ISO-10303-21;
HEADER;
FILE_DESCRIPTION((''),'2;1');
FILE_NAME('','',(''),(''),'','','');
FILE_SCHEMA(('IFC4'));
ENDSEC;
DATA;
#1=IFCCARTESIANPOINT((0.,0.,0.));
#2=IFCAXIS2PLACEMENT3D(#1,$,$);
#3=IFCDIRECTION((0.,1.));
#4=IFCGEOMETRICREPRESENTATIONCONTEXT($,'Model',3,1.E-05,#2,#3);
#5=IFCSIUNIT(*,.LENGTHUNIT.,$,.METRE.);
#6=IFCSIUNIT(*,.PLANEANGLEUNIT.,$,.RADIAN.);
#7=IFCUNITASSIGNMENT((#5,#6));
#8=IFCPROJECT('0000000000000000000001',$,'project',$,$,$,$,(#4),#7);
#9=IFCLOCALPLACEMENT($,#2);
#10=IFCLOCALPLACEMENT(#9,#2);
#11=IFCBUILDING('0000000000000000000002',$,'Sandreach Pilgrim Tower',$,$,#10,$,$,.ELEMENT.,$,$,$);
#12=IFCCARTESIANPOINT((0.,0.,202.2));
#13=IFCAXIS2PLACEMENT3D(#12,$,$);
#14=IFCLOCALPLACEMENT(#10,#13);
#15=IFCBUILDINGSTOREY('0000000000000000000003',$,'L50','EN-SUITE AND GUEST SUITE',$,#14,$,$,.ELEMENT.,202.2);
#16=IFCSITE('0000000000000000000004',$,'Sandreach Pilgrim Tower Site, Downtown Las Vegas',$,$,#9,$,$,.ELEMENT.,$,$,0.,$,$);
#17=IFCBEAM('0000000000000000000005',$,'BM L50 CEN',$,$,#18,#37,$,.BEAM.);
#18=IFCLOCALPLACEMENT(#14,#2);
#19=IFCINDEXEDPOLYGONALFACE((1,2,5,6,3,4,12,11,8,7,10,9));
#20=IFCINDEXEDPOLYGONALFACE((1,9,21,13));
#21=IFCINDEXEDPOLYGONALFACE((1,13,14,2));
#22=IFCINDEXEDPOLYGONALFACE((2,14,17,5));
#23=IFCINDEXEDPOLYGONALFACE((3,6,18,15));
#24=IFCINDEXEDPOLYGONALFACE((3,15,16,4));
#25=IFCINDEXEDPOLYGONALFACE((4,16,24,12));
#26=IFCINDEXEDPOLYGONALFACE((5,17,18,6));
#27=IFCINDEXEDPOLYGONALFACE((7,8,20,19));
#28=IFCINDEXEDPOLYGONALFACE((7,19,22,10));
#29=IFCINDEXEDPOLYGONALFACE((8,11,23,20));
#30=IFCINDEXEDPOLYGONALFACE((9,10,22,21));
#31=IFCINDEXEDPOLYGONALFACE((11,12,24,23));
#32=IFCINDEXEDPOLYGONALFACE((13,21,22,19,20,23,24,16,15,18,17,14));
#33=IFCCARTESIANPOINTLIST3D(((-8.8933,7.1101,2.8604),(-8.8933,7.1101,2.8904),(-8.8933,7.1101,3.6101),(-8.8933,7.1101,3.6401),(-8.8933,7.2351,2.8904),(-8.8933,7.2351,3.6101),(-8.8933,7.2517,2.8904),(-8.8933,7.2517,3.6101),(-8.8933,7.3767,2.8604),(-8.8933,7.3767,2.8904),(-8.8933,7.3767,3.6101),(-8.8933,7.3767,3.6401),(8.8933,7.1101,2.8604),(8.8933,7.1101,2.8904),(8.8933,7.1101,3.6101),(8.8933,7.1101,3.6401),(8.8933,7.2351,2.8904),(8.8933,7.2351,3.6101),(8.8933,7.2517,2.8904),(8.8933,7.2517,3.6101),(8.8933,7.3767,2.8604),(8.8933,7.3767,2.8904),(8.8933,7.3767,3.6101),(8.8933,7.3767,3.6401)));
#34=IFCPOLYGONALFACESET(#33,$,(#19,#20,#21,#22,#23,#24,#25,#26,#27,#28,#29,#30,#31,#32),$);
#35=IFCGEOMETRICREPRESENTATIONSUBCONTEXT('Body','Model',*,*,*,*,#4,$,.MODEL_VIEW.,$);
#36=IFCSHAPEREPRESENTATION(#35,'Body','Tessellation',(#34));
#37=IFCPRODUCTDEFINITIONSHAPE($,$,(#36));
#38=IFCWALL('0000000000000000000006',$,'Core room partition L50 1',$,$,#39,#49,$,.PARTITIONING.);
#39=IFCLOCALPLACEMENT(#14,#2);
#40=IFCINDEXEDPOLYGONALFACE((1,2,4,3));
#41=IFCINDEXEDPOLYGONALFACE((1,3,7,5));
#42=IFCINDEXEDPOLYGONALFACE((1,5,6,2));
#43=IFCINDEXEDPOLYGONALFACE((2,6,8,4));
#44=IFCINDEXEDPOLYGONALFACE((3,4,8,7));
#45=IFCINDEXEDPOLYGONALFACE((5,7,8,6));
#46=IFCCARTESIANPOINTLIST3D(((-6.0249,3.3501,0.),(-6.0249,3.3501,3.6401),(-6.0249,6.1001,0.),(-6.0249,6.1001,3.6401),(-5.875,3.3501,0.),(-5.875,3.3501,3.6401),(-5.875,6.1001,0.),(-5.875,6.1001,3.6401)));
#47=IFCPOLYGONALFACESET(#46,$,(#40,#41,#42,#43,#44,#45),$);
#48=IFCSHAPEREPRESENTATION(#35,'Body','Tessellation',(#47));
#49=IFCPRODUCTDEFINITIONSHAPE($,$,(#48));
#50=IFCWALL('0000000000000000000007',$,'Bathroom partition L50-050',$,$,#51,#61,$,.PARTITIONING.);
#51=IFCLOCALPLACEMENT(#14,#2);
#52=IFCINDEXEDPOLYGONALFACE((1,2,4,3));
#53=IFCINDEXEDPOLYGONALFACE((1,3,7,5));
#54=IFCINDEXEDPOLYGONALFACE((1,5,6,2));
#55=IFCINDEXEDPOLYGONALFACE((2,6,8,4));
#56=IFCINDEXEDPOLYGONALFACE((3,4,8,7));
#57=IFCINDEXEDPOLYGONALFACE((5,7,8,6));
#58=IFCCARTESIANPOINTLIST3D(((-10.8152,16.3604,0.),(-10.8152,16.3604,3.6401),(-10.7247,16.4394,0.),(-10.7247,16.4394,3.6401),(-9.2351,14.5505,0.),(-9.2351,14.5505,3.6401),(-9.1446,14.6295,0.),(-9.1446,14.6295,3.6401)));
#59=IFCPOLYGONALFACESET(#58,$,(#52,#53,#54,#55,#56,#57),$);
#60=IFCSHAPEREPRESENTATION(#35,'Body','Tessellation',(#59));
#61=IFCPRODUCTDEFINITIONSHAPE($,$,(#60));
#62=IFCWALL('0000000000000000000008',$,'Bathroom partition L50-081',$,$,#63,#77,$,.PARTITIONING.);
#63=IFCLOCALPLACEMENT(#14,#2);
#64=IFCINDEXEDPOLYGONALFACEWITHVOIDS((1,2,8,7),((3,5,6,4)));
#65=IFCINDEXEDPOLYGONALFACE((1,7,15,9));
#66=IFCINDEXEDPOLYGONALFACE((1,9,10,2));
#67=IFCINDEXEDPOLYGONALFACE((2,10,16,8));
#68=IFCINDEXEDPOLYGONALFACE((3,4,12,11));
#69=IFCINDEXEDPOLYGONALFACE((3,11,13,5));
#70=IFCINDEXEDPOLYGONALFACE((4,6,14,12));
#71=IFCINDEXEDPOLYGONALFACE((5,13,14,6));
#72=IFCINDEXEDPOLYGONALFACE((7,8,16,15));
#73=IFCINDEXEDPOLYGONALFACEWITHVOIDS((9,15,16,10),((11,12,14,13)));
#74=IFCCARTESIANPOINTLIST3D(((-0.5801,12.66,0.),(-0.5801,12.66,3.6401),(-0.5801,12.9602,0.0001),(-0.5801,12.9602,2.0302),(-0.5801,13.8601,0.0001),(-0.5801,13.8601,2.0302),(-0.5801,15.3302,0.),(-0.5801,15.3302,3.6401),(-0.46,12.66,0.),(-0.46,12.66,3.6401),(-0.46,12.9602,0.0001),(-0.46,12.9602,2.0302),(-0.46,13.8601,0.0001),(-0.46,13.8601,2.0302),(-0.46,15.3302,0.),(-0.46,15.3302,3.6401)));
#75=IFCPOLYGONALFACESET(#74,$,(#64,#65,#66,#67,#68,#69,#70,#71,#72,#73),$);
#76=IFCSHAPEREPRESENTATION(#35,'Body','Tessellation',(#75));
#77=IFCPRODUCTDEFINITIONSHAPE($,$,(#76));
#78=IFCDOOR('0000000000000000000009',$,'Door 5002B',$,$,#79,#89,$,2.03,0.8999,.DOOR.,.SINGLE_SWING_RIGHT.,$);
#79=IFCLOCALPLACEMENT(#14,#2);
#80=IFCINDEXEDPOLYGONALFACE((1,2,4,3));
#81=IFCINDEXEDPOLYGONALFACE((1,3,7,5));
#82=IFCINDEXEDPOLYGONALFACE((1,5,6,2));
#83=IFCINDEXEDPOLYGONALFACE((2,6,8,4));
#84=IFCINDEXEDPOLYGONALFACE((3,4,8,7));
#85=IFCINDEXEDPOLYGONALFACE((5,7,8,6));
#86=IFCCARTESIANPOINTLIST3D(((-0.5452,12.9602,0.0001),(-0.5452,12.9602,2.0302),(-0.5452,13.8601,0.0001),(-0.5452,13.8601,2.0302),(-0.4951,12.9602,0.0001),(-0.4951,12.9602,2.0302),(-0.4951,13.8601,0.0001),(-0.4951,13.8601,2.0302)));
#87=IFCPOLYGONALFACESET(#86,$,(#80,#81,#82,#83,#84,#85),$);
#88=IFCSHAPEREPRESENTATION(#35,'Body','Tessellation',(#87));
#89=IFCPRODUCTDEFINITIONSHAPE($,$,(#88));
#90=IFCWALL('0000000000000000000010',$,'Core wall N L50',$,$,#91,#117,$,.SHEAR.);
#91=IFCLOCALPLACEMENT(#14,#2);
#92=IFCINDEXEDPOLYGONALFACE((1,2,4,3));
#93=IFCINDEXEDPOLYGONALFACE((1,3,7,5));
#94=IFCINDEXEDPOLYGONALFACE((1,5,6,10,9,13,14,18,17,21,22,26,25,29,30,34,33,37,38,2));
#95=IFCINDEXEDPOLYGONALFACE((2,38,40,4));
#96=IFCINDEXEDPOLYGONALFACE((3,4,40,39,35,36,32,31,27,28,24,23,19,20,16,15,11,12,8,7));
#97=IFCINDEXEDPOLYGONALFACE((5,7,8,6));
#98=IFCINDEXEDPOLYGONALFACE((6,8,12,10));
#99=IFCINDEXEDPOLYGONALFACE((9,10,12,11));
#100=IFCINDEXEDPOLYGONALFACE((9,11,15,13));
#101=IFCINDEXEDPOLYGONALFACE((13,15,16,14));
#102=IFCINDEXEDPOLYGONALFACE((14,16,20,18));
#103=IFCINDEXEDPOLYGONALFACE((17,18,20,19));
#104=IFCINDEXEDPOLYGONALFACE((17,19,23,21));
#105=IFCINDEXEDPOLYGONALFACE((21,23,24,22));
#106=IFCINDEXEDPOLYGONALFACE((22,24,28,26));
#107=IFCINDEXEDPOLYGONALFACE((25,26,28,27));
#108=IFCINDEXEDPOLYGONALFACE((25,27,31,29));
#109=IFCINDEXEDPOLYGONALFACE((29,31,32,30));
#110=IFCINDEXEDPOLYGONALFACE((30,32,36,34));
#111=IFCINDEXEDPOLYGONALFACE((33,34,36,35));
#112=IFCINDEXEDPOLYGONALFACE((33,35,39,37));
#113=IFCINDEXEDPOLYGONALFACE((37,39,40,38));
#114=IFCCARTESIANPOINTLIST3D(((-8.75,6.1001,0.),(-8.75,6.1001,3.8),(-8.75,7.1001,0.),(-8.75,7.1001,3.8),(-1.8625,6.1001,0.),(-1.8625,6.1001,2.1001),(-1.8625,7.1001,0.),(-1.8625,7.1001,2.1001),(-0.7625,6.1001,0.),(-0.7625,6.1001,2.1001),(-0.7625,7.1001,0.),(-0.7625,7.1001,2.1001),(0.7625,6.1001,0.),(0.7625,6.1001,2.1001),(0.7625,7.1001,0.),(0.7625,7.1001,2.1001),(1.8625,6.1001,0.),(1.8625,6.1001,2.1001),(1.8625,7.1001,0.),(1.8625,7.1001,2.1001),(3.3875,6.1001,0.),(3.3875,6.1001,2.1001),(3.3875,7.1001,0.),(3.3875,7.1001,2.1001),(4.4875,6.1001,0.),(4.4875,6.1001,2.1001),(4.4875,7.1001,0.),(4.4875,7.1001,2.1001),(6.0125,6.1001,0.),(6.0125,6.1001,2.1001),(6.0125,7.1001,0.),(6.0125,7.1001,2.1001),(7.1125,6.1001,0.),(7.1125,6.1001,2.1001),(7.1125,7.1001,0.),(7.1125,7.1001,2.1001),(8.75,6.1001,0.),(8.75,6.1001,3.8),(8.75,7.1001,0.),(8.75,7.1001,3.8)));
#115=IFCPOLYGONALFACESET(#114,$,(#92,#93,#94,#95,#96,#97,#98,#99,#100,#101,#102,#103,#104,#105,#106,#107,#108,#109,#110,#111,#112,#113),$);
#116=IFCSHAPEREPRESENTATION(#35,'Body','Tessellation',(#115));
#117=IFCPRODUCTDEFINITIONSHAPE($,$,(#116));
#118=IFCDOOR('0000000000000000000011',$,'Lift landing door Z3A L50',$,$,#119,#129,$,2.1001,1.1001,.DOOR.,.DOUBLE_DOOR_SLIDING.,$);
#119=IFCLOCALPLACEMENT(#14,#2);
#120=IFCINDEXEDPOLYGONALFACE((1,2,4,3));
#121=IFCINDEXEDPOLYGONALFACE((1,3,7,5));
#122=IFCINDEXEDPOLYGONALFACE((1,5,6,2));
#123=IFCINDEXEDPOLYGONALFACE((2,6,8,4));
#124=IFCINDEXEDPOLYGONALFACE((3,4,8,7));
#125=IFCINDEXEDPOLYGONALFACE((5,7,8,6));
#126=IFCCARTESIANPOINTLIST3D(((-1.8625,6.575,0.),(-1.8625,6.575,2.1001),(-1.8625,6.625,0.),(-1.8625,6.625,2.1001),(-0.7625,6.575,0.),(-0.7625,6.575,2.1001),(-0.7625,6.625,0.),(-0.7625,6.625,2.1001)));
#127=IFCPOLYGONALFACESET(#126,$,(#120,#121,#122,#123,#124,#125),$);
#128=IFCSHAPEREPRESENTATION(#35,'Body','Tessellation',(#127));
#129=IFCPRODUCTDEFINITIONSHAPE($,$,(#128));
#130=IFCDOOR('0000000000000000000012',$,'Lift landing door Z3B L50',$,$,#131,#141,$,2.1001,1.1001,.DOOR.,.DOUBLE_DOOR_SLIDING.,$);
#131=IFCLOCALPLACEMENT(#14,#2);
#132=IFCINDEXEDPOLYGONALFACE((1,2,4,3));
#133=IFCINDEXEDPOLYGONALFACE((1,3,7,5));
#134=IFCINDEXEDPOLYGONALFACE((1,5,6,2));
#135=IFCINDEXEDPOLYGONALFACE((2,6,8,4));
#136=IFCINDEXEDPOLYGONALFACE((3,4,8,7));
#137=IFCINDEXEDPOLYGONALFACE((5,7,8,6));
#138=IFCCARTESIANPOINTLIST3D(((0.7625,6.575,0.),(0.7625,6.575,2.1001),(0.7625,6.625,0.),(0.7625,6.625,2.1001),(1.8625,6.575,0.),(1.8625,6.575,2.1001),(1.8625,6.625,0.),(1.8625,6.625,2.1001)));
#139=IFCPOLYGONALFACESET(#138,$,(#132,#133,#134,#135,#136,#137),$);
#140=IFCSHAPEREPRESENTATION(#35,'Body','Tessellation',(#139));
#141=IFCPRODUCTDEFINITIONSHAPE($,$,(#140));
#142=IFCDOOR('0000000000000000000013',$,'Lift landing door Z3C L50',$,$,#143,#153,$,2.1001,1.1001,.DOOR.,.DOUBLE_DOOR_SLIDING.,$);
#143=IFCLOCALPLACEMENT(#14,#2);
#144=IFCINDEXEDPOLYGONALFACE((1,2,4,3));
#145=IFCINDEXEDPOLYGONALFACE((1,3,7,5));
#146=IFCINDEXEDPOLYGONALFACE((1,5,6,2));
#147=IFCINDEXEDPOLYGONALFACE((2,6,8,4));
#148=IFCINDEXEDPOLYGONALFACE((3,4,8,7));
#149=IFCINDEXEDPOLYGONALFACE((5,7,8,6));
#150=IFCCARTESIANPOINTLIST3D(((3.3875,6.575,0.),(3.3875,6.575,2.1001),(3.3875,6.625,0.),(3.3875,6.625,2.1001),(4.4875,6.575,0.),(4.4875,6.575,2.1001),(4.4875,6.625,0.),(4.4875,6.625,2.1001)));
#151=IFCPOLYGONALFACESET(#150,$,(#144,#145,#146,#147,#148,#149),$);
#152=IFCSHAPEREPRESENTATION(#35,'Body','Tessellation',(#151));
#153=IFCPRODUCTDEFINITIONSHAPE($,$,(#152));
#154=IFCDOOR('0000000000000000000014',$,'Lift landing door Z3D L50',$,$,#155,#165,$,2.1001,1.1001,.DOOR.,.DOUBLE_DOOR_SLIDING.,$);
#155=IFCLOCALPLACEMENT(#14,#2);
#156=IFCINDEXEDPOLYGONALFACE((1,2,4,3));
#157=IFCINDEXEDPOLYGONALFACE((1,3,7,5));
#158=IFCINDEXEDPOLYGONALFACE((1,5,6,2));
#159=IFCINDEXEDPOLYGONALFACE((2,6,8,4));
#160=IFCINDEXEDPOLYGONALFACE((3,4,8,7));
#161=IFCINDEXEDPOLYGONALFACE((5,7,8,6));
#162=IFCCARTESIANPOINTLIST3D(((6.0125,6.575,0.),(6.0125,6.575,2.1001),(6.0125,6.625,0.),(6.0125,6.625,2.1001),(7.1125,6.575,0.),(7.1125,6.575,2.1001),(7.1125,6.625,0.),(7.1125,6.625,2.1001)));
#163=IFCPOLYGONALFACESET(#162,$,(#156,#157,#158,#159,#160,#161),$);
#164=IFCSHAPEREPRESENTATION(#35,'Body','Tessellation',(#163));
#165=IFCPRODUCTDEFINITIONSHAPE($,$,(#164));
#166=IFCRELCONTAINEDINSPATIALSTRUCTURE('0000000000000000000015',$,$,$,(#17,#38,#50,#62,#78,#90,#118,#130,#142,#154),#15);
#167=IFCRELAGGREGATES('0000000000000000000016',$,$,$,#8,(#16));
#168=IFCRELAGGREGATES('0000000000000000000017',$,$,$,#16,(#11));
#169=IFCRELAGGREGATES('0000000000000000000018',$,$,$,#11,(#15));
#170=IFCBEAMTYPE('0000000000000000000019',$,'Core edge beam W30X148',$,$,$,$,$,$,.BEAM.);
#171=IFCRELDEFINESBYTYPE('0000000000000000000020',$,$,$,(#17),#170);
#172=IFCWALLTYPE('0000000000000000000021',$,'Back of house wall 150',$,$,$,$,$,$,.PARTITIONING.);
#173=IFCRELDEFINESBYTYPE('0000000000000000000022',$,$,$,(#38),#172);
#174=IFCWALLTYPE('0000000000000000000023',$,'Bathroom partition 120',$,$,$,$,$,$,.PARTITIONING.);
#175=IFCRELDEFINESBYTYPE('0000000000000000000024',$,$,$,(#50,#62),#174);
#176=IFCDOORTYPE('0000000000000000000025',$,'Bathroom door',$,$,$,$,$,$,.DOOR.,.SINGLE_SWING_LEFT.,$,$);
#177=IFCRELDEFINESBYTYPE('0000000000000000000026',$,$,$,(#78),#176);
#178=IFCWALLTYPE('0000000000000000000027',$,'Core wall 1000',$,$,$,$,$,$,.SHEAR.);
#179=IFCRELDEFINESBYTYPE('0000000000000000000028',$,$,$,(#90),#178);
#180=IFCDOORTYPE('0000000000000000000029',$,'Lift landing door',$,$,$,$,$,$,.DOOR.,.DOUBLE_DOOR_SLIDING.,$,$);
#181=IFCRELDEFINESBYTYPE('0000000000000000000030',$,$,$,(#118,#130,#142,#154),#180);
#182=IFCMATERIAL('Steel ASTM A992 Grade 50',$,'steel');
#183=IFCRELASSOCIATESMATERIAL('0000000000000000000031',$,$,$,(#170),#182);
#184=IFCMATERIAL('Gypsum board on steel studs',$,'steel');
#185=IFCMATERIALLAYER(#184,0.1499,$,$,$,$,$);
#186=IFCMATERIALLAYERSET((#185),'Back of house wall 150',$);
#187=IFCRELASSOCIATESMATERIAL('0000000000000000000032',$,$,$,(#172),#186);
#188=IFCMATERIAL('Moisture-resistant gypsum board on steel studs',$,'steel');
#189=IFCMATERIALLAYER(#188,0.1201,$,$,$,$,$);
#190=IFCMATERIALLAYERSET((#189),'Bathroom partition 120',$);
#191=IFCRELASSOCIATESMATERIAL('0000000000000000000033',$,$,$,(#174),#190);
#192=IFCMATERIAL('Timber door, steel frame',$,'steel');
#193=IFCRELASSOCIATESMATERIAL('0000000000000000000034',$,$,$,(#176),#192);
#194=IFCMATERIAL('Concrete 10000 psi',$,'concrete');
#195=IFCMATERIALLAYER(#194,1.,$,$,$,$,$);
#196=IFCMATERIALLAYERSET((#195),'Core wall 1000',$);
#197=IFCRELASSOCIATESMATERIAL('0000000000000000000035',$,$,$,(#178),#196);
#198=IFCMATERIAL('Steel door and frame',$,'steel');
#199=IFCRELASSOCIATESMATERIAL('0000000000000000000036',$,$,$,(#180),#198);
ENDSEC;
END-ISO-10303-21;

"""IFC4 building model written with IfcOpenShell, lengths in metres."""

from ifc_helpers import new_model, si_unit, direction, frame, frame_2d, origin, origin_2d, place, context, subcontext, project, spatial, rectangle, i_section, extrude, material, layer, layer_set, material_profile, profile_set, type_object, element, fill, save


model = new_model("IFC4")

# Units and contexts
model_context = context("Model", 3, precision=1e-05, world=origin(), true_north=direction((0.0, 1.0)))
body_context = subcontext(model_context, "Body", "Model", "MODEL_VIEW")
ifc_project = project(units=[si_unit("LENGTHUNIT", "METRE"), si_unit("PLANEANGLEUNIT", "RADIAN")], contexts=[model_context])

# Site, building, storey
site_placement = place(None, origin())
site = spatial("IfcSite", under=ifc_project, at=site_placement, Name="Sandreach Pilgrim Tower Site, Downtown Las Vegas", CompositionType="ELEMENT", RefElevation=0.0)
building_placement = place(site_placement, origin())
building = spatial("IfcBuilding", under=site, at=building_placement, Name="Sandreach Pilgrim Tower", CompositionType="ELEMENT")
storey_placement = place(building_placement, frame((0.0, 0.0, 202.2)))
storey = spatial("IfcBuildingStorey", under=building, at=storey_placement, Name="L50", Description="EN-SUITE AND GUEST SUITE", CompositionType="ELEMENT", Elevation=202.2)

# Beam
ifc_material_1 = material(Name="Steel ASTM A992 Grade 50", Category="steel")
ifc_material_profile = material_profile(ifc_material_1, i_section(OverallWidth=0.2666, OverallDepth=0.7798, WebThickness=0.0166, FlangeThickness=0.03, at=origin_2d()), Name="W30X148")
ifc_profile_set = profile_set([ifc_material_profile], Name="Steel ASTM A992 Grade 50")
beam_type = type_object("IfcBeamType", Name="Core edge beam W30X148", PredefinedType="BEAM", material=ifc_profile_set)
beam_placement = place(storey_placement, frame((-8.8933, 7.2434, 3.2502), z_axis=(1.0, 0.0, 0.0), x_axis=(0.0, 1.0, 0.0)))
element("IfcBeam", 1, at=beam_placement, inside=storey, type_object=beam_type, Name="BM L50 CEN", PredefinedType="BEAM", context=body_context, shape_type="SweptSolid", body=[
    extrude(i_section(OverallWidth=0.2666, OverallDepth=0.7798, WebThickness=0.0166, FlangeThickness=0.03, at=origin_2d()), origin(), (0.0, 0.0, 1.0), 17.7866),
])

# Walls
ifc_material_2 = material(Name="Gypsum board on steel studs", Category="steel")
ifc_layer_1 = layer(ifc_material_2, 0.1499)
ifc_layer_set_1 = layer_set([ifc_layer_1], Name="Back of house wall 150")
wall_type_1 = type_object("IfcWallType", Name="Back of house wall 150", PredefinedType="PARTITIONING", material=ifc_layer_set_1)
wall_1_placement = place(storey_placement, frame((-5.95, 3.3501, 0.0), z_axis=(0.0, 0.0, 1.0), x_axis=(0.0, 1.0, 0.0)))
element("IfcWall", 2, at=wall_1_placement, inside=storey, type_object=wall_type_1, Name="Core room partition L50 1", PredefinedType="PARTITIONING", context=body_context, shape_type="SweptSolid", body=[
    extrude(rectangle(XDim=2.75, YDim=0.1499, at=frame_2d((1.375, 0.0))), origin(), (0.0, 0.0, 1.0), 3.6401),
])
ifc_material_3 = material(Name="Moisture-resistant gypsum board on steel studs", Category="steel")
ifc_layer_2 = layer(ifc_material_3, 0.1201)
ifc_layer_set_2 = layer_set([ifc_layer_2], Name="Bathroom partition 120")
wall_type_2 = type_object("IfcWallType", Name="Bathroom partition 120", PredefinedType="PARTITIONING", material=ifc_layer_set_2)
wall_2_placement = place(storey_placement, frame((-9.1899, 14.5901, 0.0), z_axis=(0.0, 0.0, 1.0), x_axis=(-0.657677, 0.7533, 0.0)))
element("IfcWall", 3, at=wall_2_placement, inside=storey, type_object=wall_type_2, Name="Bathroom partition L50-050", PredefinedType="PARTITIONING", context=body_context, shape_type="SweptSolid", body=[
    extrude(rectangle(XDim=2.4026, YDim=0.1201, at=frame_2d((1.2012, 0.0))), origin(), (0.0, 0.0, 1.0), 3.6401),
])

# Wall, opening, door
wall_3_placement = place(storey_placement, frame((-0.52, 15.3301, 0.0), z_axis=(0.0, 0.0, 1.0), x_axis=(0.0, -1.0, 0.0)))
wall_3 = element("IfcWall", 4, at=wall_3_placement, inside=storey, type_object=wall_type_2, Name="Bathroom partition L50-081", PredefinedType="PARTITIONING", context=body_context, shape_type="SweptSolid", body=[
    extrude(rectangle(XDim=2.6702, YDim=0.1201, at=frame_2d((1.335, 0.0))), origin(), (0.0, 0.0, 1.0), 3.6401),
])
opening_1_placement = place(wall_3_placement, frame((1.47, 0.0, 0.0)))
opening_1 = element("IfcOpeningElement", 5, at=opening_1_placement, cuts=wall_3, PredefinedType="OPENING", context=body_context, shape_type="SweptSolid", body=[
    extrude(rectangle(XDim=0.8999, YDim=2.03, at=frame_2d((0.45, 1.0151))), frame((0.0, 0.0601, 0.0), z_axis=(0.0, -1.0, 0.0), x_axis=(1.0, 0.0, 0.0)), (0.0, 0.0, 1.0), 0.1201),
])
ifc_material_4 = material(Name="Timber door, steel frame", Category="steel")
door_type_1 = type_object("IfcDoorType", Name="Bathroom door", OperationType="SINGLE_SWING_LEFT", PredefinedType="DOOR", material=ifc_material_4)
door_1_placement = place(opening_1_placement, origin())
door_1 = element("IfcDoor", 6, at=door_1_placement, inside=storey, type_object=door_type_1, Name="Door 5002B", OperationType="SINGLE_SWING_RIGHT", OverallHeight=2.03, OverallWidth=0.8999, PredefinedType="DOOR", context=body_context, shape_type="SweptSolid", body=[
    extrude(rectangle(XDim=0.8999, YDim=2.03, at=frame_2d((0.45, 1.0151))), frame((0.0, 0.0249, 0.0), z_axis=(0.0, -1.0, 0.0), x_axis=(1.0, 0.0, 0.0)), (0.0, 0.0, 1.0), 0.05),
])
fill(opening_1, door_1)

# Wall, openings, doors
ifc_material_5 = material(Name="Concrete 10000 psi", Category="concrete")
ifc_layer_3 = layer(ifc_material_5, 1.0)
ifc_layer_set_3 = layer_set([ifc_layer_3], Name="Core wall 1000")
wall_type_3 = type_object("IfcWallType", Name="Core wall 1000", PredefinedType="SHEAR", material=ifc_layer_set_3)
wall_4_placement = place(storey_placement, frame((-8.75, 6.6001, 0.0), z_axis=(0.0, 0.0, 1.0), x_axis=(1.0, 0.0, 0.0)))
wall_4 = element("IfcWall", 7, at=wall_4_placement, inside=storey, type_object=wall_type_3, Name="Core wall N L50", PredefinedType="SHEAR", context=body_context, shape_type="SweptSolid", body=[
    extrude(rectangle(XDim=17.5, YDim=1.0, at=frame_2d((8.75, 0.0))), origin(), (0.0, 0.0, 1.0), 3.8),
])
opening_2_placement = place(wall_4_placement, frame((6.8875, 0.0, 0.0)))
opening_2 = element("IfcOpeningElement", 8, at=opening_2_placement, cuts=wall_4, PredefinedType="OPENING", context=body_context, shape_type="SweptSolid", body=[
    extrude(rectangle(XDim=1.1001, YDim=2.1001, at=frame_2d((0.55, 1.05))), frame((0.0, 0.5, 0.0), z_axis=(0.0, -1.0, 0.0), x_axis=(1.0, 0.0, 0.0)), (0.0, 0.0, 1.0), 1.0),
])
opening_3_placement = place(wall_4_placement, frame((9.5125, 0.0, 0.0)))
opening_3 = element("IfcOpeningElement", 9, at=opening_3_placement, cuts=wall_4, PredefinedType="OPENING", context=body_context, shape_type="SweptSolid", body=[
    extrude(rectangle(XDim=1.1001, YDim=2.1001, at=frame_2d((0.55, 1.05))), frame((0.0, 0.5, 0.0), z_axis=(0.0, -1.0, 0.0), x_axis=(1.0, 0.0, 0.0)), (0.0, 0.0, 1.0), 1.0),
])
opening_4_placement = place(wall_4_placement, frame((12.1375, 0.0, 0.0)))
opening_4 = element("IfcOpeningElement", 10, at=opening_4_placement, cuts=wall_4, PredefinedType="OPENING", context=body_context, shape_type="SweptSolid", body=[
    extrude(rectangle(XDim=1.1001, YDim=2.1001, at=frame_2d((0.55, 1.05))), frame((0.0, 0.5, 0.0), z_axis=(0.0, -1.0, 0.0), x_axis=(1.0, 0.0, 0.0)), (0.0, 0.0, 1.0), 1.0),
])
opening_5_placement = place(wall_4_placement, frame((14.7625, 0.0, 0.0)))
opening_5 = element("IfcOpeningElement", 11, at=opening_5_placement, cuts=wall_4, PredefinedType="OPENING", context=body_context, shape_type="SweptSolid", body=[
    extrude(rectangle(XDim=1.1001, YDim=2.1001, at=frame_2d((0.55, 1.05))), frame((0.0, 0.5, 0.0), z_axis=(0.0, -1.0, 0.0), x_axis=(1.0, 0.0, 0.0)), (0.0, 0.0, 1.0), 1.0),
])
ifc_material_6 = material(Name="Steel door and frame", Category="steel")
door_type_2 = type_object("IfcDoorType", Name="Lift landing door", OperationType="DOUBLE_DOOR_SLIDING", PredefinedType="DOOR", material=ifc_material_6)
door_2_placement = place(opening_2_placement, origin())
door_2 = element("IfcDoor", 12, at=door_2_placement, inside=storey, type_object=door_type_2, Name="Lift landing door Z3A L50", OperationType="DOUBLE_DOOR_SLIDING", OverallHeight=2.1001, OverallWidth=1.1001, PredefinedType="DOOR", context=body_context, shape_type="SweptSolid", body=[
    extrude(rectangle(XDim=1.1001, YDim=2.1001, at=frame_2d((0.55, 1.05))), frame((0.0, 0.0249, 0.0), z_axis=(0.0, -1.0, 0.0), x_axis=(1.0, 0.0, 0.0)), (0.0, 0.0, 1.0), 0.05),
])
fill(opening_2, door_2)
door_3_placement = place(opening_3_placement, origin())
door_3 = element("IfcDoor", 13, at=door_3_placement, inside=storey, type_object=door_type_2, Name="Lift landing door Z3B L50", OperationType="DOUBLE_DOOR_SLIDING", OverallHeight=2.1001, OverallWidth=1.1001, PredefinedType="DOOR", context=body_context, shape_type="SweptSolid", body=[
    extrude(rectangle(XDim=1.1001, YDim=2.1001, at=frame_2d((0.55, 1.05))), frame((0.0, 0.0249, 0.0), z_axis=(0.0, -1.0, 0.0), x_axis=(1.0, 0.0, 0.0)), (0.0, 0.0, 1.0), 0.05),
])
fill(opening_3, door_3)
door_4_placement = place(opening_4_placement, origin())
door_4 = element("IfcDoor", 14, at=door_4_placement, inside=storey, type_object=door_type_2, Name="Lift landing door Z3C L50", OperationType="DOUBLE_DOOR_SLIDING", OverallHeight=2.1001, OverallWidth=1.1001, PredefinedType="DOOR", context=body_context, shape_type="SweptSolid", body=[
    extrude(rectangle(XDim=1.1001, YDim=2.1001, at=frame_2d((0.55, 1.05))), frame((0.0, 0.0249, 0.0), z_axis=(0.0, -1.0, 0.0), x_axis=(1.0, 0.0, 0.0)), (0.0, 0.0, 1.0), 0.05),
])
fill(opening_4, door_4)
door_5_placement = place(opening_5_placement, origin())
door_5 = element("IfcDoor", 15, at=door_5_placement, inside=storey, type_object=door_type_2, Name="Lift landing door Z3D L50", OperationType="DOUBLE_DOOR_SLIDING", OverallHeight=2.1001, OverallWidth=1.1001, PredefinedType="DOOR", context=body_context, shape_type="SweptSolid", body=[
    extrude(rectangle(XDim=1.1001, YDim=2.1001, at=frame_2d((0.55, 1.05))), frame((0.0, 0.0249, 0.0), z_axis=(0.0, -1.0, 0.0), x_axis=(1.0, 0.0, 0.0)), (0.0, 0.0, 1.0), 0.05),
])
fill(opening_5, door_5)

save(model, "model.ifc")
